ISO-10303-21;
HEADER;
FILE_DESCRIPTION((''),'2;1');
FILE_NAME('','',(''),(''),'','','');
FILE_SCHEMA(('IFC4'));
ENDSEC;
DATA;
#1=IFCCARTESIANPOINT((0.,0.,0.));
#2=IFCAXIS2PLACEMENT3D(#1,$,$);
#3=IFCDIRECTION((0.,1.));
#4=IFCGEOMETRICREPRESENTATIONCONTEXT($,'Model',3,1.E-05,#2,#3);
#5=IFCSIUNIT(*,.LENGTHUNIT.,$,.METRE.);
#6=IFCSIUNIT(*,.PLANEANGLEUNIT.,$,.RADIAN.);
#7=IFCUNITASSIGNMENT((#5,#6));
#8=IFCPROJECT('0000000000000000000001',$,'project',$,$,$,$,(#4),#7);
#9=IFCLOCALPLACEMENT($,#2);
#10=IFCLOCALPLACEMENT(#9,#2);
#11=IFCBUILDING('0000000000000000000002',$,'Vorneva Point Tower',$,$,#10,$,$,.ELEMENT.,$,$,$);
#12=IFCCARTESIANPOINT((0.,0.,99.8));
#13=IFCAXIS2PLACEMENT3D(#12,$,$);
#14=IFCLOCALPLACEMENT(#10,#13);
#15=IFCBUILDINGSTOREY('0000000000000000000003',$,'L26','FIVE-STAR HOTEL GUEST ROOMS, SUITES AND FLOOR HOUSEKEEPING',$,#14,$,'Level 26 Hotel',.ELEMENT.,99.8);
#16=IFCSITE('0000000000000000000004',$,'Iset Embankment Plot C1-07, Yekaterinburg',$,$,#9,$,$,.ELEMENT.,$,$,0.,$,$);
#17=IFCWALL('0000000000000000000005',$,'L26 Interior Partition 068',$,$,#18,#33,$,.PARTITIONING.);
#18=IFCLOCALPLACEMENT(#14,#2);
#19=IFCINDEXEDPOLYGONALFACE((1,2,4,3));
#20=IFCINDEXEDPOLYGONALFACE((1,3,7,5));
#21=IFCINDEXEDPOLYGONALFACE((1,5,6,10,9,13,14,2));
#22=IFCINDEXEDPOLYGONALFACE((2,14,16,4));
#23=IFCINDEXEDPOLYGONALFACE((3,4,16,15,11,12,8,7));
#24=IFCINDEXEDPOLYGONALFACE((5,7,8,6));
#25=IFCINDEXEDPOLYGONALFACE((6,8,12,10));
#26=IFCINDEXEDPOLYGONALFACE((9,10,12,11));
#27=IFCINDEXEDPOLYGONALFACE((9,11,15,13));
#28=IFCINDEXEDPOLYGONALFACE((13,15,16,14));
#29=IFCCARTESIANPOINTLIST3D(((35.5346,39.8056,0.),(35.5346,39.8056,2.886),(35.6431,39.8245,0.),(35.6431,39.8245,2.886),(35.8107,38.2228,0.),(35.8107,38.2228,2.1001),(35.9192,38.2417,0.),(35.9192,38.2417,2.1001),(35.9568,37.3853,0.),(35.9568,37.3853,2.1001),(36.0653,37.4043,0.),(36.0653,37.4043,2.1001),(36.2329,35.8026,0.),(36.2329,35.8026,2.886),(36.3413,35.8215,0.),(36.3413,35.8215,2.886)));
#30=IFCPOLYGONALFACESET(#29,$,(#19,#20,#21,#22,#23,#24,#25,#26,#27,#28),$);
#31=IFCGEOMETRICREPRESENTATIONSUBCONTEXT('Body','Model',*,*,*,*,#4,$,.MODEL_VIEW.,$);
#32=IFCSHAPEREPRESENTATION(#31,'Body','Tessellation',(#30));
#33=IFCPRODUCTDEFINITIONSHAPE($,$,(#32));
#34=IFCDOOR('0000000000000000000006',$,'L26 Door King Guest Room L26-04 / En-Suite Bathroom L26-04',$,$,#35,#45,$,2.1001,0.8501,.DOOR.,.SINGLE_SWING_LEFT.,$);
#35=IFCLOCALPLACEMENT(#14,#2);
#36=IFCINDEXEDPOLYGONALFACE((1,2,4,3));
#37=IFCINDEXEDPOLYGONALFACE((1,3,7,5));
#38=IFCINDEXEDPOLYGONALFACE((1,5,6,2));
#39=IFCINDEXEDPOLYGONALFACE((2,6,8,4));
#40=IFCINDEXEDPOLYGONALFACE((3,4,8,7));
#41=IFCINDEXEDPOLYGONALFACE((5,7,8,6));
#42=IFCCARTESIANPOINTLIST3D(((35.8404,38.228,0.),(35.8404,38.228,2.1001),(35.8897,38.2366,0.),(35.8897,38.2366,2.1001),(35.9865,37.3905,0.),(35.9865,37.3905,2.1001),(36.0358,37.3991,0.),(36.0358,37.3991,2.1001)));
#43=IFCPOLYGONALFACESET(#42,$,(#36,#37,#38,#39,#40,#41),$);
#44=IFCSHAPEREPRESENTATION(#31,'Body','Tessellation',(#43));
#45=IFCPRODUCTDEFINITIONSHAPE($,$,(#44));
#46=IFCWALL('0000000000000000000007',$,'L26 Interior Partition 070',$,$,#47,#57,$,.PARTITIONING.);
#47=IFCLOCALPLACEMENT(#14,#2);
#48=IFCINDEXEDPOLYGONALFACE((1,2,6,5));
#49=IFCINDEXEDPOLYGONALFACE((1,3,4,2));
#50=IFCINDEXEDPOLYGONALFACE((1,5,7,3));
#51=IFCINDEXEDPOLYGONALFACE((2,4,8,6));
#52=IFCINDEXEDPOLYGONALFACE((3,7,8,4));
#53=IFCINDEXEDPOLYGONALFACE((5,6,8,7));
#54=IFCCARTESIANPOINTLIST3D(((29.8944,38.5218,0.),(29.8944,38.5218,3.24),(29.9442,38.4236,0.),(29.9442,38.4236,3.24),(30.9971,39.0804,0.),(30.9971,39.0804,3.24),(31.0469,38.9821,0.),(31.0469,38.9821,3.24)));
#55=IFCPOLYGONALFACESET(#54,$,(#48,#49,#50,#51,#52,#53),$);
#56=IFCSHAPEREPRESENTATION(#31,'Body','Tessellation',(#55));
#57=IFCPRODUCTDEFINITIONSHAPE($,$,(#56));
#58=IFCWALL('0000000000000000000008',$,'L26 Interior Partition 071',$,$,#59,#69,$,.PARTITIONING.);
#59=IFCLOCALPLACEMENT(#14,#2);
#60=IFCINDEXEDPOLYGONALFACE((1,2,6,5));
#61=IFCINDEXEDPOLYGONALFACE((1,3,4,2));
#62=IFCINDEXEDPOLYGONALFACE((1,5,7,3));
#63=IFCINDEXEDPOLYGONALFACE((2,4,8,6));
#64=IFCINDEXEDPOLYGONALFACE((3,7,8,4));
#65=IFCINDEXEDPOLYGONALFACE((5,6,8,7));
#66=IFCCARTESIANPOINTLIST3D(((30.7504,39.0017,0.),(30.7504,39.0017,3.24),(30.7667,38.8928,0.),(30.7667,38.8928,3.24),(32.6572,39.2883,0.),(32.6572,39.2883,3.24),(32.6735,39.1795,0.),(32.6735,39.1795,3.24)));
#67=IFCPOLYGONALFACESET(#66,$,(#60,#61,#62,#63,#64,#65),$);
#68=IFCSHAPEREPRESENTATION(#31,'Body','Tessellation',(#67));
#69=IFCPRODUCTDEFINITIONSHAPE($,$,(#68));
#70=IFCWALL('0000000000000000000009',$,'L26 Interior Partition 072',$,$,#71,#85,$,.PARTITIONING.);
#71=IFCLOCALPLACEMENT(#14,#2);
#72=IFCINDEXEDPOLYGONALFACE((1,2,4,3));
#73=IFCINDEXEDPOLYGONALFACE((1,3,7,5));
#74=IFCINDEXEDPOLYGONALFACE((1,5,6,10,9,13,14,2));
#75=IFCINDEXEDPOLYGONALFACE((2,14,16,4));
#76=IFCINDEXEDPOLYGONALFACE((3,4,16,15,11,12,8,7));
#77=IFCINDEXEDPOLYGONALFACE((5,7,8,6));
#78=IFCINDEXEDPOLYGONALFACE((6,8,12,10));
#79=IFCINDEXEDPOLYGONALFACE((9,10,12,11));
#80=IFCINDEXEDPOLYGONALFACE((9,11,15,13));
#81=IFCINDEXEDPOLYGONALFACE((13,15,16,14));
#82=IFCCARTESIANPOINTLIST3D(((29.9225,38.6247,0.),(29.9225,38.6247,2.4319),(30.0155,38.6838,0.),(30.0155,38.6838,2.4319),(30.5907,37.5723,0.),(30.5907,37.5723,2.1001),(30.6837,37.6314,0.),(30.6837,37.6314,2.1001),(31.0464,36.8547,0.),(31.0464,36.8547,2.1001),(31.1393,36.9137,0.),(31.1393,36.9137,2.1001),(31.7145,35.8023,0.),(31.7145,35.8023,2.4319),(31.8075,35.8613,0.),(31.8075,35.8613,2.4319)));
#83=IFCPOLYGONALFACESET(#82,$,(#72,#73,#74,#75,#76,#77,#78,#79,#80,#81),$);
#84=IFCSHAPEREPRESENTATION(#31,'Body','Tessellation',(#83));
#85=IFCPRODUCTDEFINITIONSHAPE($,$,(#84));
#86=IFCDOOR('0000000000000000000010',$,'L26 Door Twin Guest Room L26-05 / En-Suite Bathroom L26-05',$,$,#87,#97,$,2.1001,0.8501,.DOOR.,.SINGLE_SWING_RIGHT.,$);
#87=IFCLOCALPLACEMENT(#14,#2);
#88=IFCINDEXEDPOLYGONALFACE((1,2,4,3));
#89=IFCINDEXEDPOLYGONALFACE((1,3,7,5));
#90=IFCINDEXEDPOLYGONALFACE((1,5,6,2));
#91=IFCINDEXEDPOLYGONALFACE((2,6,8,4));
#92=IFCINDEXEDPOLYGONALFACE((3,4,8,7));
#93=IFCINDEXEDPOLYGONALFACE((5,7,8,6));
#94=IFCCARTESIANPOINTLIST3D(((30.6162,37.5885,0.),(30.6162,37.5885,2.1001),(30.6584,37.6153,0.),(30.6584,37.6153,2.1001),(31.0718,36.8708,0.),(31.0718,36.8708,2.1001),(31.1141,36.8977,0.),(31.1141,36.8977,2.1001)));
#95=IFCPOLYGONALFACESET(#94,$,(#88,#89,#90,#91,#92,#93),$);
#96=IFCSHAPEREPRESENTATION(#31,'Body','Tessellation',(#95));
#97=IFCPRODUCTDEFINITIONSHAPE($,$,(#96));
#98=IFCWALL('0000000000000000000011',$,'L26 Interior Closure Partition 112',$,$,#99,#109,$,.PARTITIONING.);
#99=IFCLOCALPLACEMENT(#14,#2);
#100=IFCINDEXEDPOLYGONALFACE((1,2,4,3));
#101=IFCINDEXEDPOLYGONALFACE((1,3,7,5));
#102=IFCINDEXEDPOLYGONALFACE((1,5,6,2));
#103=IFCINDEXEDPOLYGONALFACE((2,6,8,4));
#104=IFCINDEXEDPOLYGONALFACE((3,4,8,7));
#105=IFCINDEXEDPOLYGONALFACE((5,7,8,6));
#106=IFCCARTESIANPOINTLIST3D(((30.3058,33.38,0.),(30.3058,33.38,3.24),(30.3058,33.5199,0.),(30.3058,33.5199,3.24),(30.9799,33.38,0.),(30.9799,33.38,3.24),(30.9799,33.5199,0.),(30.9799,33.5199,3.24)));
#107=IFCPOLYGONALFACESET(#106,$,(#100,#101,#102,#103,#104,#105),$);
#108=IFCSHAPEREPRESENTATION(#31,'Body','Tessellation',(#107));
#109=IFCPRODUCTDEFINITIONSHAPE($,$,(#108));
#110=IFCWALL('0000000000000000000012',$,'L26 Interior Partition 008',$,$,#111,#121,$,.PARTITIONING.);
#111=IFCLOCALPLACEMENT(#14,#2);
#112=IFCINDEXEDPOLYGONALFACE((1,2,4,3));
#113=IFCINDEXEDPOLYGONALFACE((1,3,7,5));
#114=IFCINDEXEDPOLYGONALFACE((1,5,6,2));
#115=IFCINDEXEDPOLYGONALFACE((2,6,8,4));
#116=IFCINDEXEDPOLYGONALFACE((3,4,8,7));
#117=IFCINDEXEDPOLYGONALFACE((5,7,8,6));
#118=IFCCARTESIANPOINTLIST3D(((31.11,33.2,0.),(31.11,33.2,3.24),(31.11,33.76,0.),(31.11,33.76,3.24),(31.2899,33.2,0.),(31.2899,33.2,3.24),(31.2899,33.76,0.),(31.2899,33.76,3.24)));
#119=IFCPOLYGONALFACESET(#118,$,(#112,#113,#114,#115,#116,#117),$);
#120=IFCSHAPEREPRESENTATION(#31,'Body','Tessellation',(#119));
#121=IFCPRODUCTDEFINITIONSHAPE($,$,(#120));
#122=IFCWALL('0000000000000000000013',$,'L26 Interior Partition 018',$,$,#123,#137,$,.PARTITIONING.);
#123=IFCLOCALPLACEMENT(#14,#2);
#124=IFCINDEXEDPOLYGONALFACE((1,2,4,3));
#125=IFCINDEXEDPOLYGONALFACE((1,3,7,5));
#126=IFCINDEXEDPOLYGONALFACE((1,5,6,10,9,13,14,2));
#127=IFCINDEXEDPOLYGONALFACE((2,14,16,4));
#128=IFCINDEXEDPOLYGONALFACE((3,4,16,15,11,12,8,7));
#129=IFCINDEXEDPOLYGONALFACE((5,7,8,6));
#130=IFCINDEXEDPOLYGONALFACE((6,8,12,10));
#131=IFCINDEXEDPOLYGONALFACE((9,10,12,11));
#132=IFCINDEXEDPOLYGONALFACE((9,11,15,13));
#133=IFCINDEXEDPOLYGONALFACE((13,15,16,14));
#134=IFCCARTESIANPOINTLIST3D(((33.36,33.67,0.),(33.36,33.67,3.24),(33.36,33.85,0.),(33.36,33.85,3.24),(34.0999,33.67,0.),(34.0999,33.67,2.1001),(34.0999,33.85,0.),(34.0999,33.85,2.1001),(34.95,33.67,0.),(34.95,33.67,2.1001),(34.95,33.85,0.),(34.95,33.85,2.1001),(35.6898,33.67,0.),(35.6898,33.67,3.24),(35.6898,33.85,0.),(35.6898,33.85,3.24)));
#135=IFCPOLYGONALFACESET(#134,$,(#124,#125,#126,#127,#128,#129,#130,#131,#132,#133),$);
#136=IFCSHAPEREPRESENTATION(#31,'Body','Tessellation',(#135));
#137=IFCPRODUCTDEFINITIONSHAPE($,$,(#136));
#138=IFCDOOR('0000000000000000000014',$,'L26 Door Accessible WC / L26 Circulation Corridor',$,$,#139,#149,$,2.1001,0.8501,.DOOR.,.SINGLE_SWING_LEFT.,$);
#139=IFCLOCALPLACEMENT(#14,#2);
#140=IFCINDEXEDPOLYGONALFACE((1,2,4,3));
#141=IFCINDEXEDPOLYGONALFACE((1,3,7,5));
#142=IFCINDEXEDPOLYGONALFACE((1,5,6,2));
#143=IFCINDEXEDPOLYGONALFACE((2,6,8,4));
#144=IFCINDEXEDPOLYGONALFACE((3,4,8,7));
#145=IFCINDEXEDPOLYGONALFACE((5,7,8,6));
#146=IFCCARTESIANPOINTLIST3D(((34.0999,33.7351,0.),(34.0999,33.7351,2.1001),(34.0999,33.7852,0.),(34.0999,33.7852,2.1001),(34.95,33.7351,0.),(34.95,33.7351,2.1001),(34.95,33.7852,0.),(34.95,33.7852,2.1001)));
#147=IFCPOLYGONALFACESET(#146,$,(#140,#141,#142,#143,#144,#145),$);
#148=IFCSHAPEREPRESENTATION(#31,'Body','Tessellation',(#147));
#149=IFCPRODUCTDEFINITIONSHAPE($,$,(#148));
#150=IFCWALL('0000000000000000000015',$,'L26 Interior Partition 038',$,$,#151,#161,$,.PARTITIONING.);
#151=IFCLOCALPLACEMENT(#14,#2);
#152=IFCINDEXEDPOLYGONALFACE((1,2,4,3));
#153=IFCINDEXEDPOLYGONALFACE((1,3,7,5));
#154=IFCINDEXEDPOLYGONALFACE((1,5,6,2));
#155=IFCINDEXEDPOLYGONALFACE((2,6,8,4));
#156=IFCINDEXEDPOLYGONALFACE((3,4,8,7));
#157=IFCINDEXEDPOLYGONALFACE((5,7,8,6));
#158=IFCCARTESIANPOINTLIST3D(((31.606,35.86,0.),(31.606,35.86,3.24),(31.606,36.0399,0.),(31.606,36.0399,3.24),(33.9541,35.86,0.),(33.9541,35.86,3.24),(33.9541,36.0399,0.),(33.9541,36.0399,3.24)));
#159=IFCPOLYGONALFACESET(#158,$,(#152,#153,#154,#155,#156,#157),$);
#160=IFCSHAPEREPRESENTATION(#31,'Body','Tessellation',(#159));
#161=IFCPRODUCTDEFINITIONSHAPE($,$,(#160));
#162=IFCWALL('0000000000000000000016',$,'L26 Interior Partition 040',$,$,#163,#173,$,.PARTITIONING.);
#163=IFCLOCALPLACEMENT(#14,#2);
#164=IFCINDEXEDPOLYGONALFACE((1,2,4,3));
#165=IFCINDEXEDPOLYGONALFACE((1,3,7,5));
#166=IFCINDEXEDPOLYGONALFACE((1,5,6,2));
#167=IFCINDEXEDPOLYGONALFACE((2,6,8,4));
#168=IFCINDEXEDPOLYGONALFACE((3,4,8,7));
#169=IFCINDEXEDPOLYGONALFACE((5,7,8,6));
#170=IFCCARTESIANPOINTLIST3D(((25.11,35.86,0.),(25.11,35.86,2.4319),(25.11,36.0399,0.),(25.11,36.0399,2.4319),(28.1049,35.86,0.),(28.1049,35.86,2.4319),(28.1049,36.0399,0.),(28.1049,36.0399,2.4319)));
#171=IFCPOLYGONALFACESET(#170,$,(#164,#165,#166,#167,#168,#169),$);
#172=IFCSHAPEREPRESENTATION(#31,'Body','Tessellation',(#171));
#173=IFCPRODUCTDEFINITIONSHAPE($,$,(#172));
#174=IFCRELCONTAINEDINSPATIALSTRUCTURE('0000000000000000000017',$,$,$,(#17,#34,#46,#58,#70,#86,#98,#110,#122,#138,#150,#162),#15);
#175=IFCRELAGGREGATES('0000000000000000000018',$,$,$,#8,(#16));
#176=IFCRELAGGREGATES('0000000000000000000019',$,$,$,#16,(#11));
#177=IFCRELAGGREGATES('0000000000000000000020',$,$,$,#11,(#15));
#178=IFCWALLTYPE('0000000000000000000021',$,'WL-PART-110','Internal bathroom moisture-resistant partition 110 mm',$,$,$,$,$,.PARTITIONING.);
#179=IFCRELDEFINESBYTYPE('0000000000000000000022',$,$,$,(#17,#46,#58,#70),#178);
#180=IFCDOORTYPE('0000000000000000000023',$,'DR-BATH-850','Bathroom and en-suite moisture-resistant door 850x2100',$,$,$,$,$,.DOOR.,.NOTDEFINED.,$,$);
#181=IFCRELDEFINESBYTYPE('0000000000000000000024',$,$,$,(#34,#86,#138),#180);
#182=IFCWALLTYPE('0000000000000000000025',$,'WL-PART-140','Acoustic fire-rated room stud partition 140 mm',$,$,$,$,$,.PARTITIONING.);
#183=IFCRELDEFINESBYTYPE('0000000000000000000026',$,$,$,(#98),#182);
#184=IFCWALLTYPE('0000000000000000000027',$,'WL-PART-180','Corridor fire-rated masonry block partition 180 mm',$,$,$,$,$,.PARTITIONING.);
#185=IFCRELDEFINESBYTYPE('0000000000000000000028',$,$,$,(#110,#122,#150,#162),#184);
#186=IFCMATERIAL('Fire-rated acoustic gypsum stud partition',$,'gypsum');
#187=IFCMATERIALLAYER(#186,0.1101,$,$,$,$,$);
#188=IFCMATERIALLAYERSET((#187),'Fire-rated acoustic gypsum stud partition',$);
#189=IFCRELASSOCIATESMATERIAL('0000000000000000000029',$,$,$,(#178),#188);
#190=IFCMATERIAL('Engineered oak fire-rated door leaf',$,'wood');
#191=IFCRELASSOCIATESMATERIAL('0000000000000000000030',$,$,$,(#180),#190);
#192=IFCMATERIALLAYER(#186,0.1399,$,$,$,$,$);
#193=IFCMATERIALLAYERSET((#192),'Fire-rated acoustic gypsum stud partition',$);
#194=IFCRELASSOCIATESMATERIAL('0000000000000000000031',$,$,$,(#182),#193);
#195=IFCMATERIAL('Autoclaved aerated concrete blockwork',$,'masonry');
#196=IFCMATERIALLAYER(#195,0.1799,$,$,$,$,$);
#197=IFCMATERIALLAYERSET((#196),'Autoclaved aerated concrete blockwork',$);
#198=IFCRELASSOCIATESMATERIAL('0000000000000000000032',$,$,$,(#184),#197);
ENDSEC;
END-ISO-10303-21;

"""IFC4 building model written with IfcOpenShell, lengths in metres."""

from ifc_helpers import new_model, si_unit, direction, frame, frame_2d, origin, place, context, subcontext, project, spatial, rectangle, extrude, material, layer, layer_set, type_object, element, fill, save


model = new_model("IFC4")

# Units and contexts
model_context = context("Model", 3, precision=1e-05, world=origin(), true_north=direction((0.0, 1.0)))
body_context = subcontext(model_context, "Body", "Model", "MODEL_VIEW")
ifc_project = project(units=[si_unit("LENGTHUNIT", "METRE"), si_unit("PLANEANGLEUNIT", "RADIAN")], contexts=[model_context])

# Site, building, storey
site_placement = place(None, origin())
site = spatial("IfcSite", under=ifc_project, at=site_placement, Name="Iset Embankment Plot C1-07, Yekaterinburg", CompositionType="ELEMENT", RefElevation=0.0)
building_placement = place(site_placement, origin())
building = spatial("IfcBuilding", under=site, at=building_placement, Name="Vorneva Point Tower", CompositionType="ELEMENT")
storey_placement = place(building_placement, frame((0.0, 0.0, 99.8)))
storey = spatial("IfcBuildingStorey", under=building, at=storey_placement, Name="L26", Description="FIVE-STAR HOTEL GUEST ROOMS, SUITES AND FLOOR HOUSEKEEPING", LongName="Level 26 Hotel", CompositionType="ELEMENT", Elevation=99.8)

# Shared definitions
ifc_material_1 = material(Name="Fire-rated acoustic gypsum stud partition", Category="gypsum")
ifc_layer_1 = layer(ifc_material_1, 0.1101)
ifc_layer_set_1 = layer_set([ifc_layer_1], Name="Fire-rated acoustic gypsum stud partition")
wall_type_1 = type_object("IfcWallType", Name="WL-PART-110", Description="Internal bathroom moisture-resistant partition 110 mm", PredefinedType="PARTITIONING", material=ifc_layer_set_1)

# Wall, opening, door
wall_1_placement = place(storey_placement, frame((36.2871, 35.812, 0.0), z_axis=(0.0, 0.0, 1.0), x_axis=(-0.171838, 0.985125, 0.0)))
wall_1 = element("IfcWall", 1, at=wall_1_placement, inside=storey, type_object=wall_type_1, Name="L26 Interior Partition 068", PredefinedType="PARTITIONING", context=body_context, shape_type="SweptSolid", body=[
    extrude(rectangle(XDim=4.0635, YDim=0.1101, at=frame_2d((2.0317, 0.0))), origin(), (0.0, 0.0, 1.0), 2.886),
])
opening_1_placement = place(wall_1_placement, frame((1.6067, 0.0, 0.0)))
opening_1 = element("IfcOpeningElement", 2, at=opening_1_placement, cuts=wall_1, PredefinedType="OPENING", context=body_context, shape_type="SweptSolid", body=[
    extrude(rectangle(XDim=0.8501, YDim=2.1001, at=frame_2d((0.425, 1.05))), frame((0.0, 0.0698, 0.0), z_axis=(0.0, -1.0, 0.0), x_axis=(1.0, 0.0, 0.0)), (0.0, 0.0, 1.0), 0.1399),
])
ifc_material_2 = material(Name="Engineered oak fire-rated door leaf", Category="wood")
door_type_1 = type_object("IfcDoorType", Name="DR-BATH-850", Description="Bathroom and en-suite moisture-resistant door 850x2100", OperationType="NOTDEFINED", PredefinedType="DOOR", material=ifc_material_2)
door_1_placement = place(opening_1_placement, origin())
door_1 = element("IfcDoor", 3, at=door_1_placement, inside=storey, type_object=door_type_1, Name="L26 Door King Guest Room L26-04 / En-Suite Bathroom L26-04", OperationType="SINGLE_SWING_LEFT", OverallHeight=2.1001, OverallWidth=0.8501, PredefinedType="DOOR", context=body_context, shape_type="SweptSolid", body=[
    extrude(rectangle(XDim=0.8501, YDim=2.1001, at=frame_2d((0.425, 1.05))), frame((0.0, 0.0249, 0.0), z_axis=(0.0, -1.0, 0.0), x_axis=(1.0, 0.0, 0.0)), (0.0, 0.0, 1.0), 0.05),
])
fill(opening_1, door_1)

# Walls
wall_2_placement = place(storey_placement, frame((29.9192, 38.4727, 0.0), z_axis=(0.0, 0.0, 1.0), x_axis=(0.892085, 0.451868, 0.0)))
element("IfcWall", 4, at=wall_2_placement, inside=storey, type_object=wall_type_1, Name="L26 Interior Partition 070", PredefinedType="PARTITIONING", context=body_context, shape_type="SweptSolid", body=[
    extrude(rectangle(XDim=1.2361, YDim=0.1101, at=frame_2d((0.6182, 0.0))), origin(), (0.0, 0.0, 1.0), 3.24),
])
wall_3_placement = place(storey_placement, frame((30.7585, 38.9473, 0.0), z_axis=(0.0, 0.0, 1.0), x_axis=(0.98889, 0.14865, 0.0)))
element("IfcWall", 5, at=wall_3_placement, inside=storey, type_object=wall_type_1, Name="L26 Interior Partition 071", PredefinedType="PARTITIONING", context=body_context, shape_type="SweptSolid", body=[
    extrude(rectangle(XDim=1.9282, YDim=0.1101, at=frame_2d((0.9641, 0.0))), origin(), (0.0, 0.0, 1.0), 3.24),
])

# Wall, opening, door
wall_4_placement = place(storey_placement, frame((31.761, 35.8318, 0.0), z_axis=(0.0, 0.0, 1.0), x_axis=(-0.535992, 0.844223, 0.0)))
wall_4 = element("IfcWall", 6, at=wall_4_placement, inside=storey, type_object=wall_type_1, Name="L26 Interior Partition 072", PredefinedType="PARTITIONING", context=body_context, shape_type="SweptSolid", body=[
    extrude(rectangle(XDim=3.3433, YDim=0.1101, at=frame_2d((1.6716, 0.0))), origin(), (0.0, 0.0, 1.0), 2.4319),
])
opening_2_placement = place(wall_4_placement, frame((1.2466, 0.0, 0.0)))
opening_2 = element("IfcOpeningElement", 7, at=opening_2_placement, cuts=wall_4, PredefinedType="OPENING", context=body_context, shape_type="SweptSolid", body=[
    extrude(rectangle(XDim=0.8501, YDim=2.1001, at=frame_2d((0.425, 1.05))), frame((0.0, 0.0698, 0.0), z_axis=(0.0, -1.0, 0.0), x_axis=(1.0, 0.0, 0.0)), (0.0, 0.0, 1.0), 0.1399),
])
door_2_placement = place(opening_2_placement, origin())
door_2 = element("IfcDoor", 8, at=door_2_placement, inside=storey, type_object=door_type_1, Name="L26 Door Twin Guest Room L26-05 / En-Suite Bathroom L26-05", OperationType="SINGLE_SWING_RIGHT", OverallHeight=2.1001, OverallWidth=0.8501, PredefinedType="DOOR", context=body_context, shape_type="SweptSolid", body=[
    extrude(rectangle(XDim=0.8501, YDim=2.1001, at=frame_2d((0.425, 1.05))), frame((0.0, 0.0249, 0.0), z_axis=(0.0, -1.0, 0.0), x_axis=(1.0, 0.0, 0.0)), (0.0, 0.0, 1.0), 0.05),
])
fill(opening_2, door_2)

# Wall
ifc_layer_2 = layer(ifc_material_1, 0.1399)
ifc_layer_set_2 = layer_set([ifc_layer_2], Name="Fire-rated acoustic gypsum stud partition")
wall_type_2 = type_object("IfcWallType", Name="WL-PART-140", Description="Acoustic fire-rated room stud partition 140 mm", PredefinedType="PARTITIONING", material=ifc_layer_set_2)
wall_5_placement = place(storey_placement, frame((30.3059, 33.45, 0.0), z_axis=(0.0, 0.0, 1.0), x_axis=(1.0, 0.0, 0.0)))
element("IfcWall", 9, at=wall_5_placement, inside=storey, type_object=wall_type_2, Name="L26 Interior Closure Partition 112", PredefinedType="PARTITIONING", context=body_context, shape_type="SweptSolid", body=[
    extrude(rectangle(XDim=0.6741, YDim=0.1399, at=frame_2d((0.3369, 0.0))), origin(), (0.0, 0.0, 1.0), 3.24),
])

# Shared definitions
ifc_material_3 = material(Name="Autoclaved aerated concrete blockwork", Category="masonry")
ifc_layer_3 = layer(ifc_material_3, 0.1799)
ifc_layer_set_3 = layer_set([ifc_layer_3], Name="Autoclaved aerated concrete blockwork")
wall_type_3 = type_object("IfcWallType", Name="WL-PART-180", Description="Corridor fire-rated masonry block partition 180 mm", PredefinedType="PARTITIONING", material=ifc_layer_set_3)

# Wall
wall_6_placement = place(storey_placement, frame((31.2, 33.76, 0.0), z_axis=(0.0, 0.0, 1.0), x_axis=(0.0, -1.0, 0.0)))
element("IfcWall", 10, at=wall_6_placement, inside=storey, type_object=wall_type_3, Name="L26 Interior Partition 008", PredefinedType="PARTITIONING", context=body_context, shape_type="SweptSolid", body=[
    extrude(rectangle(XDim=0.5601, YDim=0.1799, at=frame_2d((0.28, 0.0))), origin(), (0.0, 0.0, 1.0), 3.24),
])

# Wall, opening, door
wall_7_placement = place(storey_placement, frame((35.6899, 33.76, 0.0), z_axis=(0.0, 0.0, 1.0), x_axis=(-1.0, 0.0, 0.0)))
wall_7 = element("IfcWall", 11, at=wall_7_placement, inside=storey, type_object=wall_type_3, Name="L26 Interior Partition 018", PredefinedType="PARTITIONING", context=body_context, shape_type="SweptSolid", body=[
    extrude(rectangle(XDim=2.3298, YDim=0.1799, at=frame_2d((1.165, 0.0))), origin(), (0.0, 0.0, 1.0), 3.24),
])
opening_3_placement = place(wall_7_placement, frame((0.74, 0.0, 0.0)))
opening_3 = element("IfcOpeningElement", 12, at=opening_3_placement, cuts=wall_7, PredefinedType="OPENING", context=body_context, shape_type="SweptSolid", body=[
    extrude(rectangle(XDim=0.8501, YDim=2.1001, at=frame_2d((0.425, 1.05))), frame((0.0, 0.105, 0.0), z_axis=(0.0, -1.0, 0.0), x_axis=(1.0, 0.0, 0.0)), (0.0, 0.0, 1.0), 0.2097),
])
door_3_placement = place(opening_3_placement, origin())
door_3 = element("IfcDoor", 13, at=door_3_placement, inside=storey, type_object=door_type_1, Name="L26 Door Accessible WC / L26 Circulation Corridor", OperationType="SINGLE_SWING_LEFT", OverallHeight=2.1001, OverallWidth=0.8501, PredefinedType="DOOR", context=body_context, shape_type="SweptSolid", body=[
    extrude(rectangle(XDim=0.8501, YDim=2.1001, at=frame_2d((0.425, 1.05))), frame((0.0, 0.0249, 0.0), z_axis=(0.0, -1.0, 0.0), x_axis=(1.0, 0.0, 0.0)), (0.0, 0.0, 1.0), 0.05),
])
fill(opening_3, door_3)

# Walls
wall_8_placement = place(storey_placement, frame((33.9541, 35.95, 0.0), z_axis=(0.0, 0.0, 1.0), x_axis=(-1.0, 0.0, 0.0)))
element("IfcWall", 14, at=wall_8_placement, inside=storey, type_object=wall_type_3, Name="L26 Interior Partition 038", PredefinedType="PARTITIONING", context=body_context, shape_type="SweptSolid", body=[
    extrude(rectangle(XDim=2.3481, YDim=0.1799, at=frame_2d((1.1741, 0.0))), origin(), (0.0, 0.0, 1.0), 3.24),
])
wall_9_placement = place(storey_placement, frame((28.105, 35.95, 0.0), z_axis=(0.0, 0.0, 1.0), x_axis=(-1.0, 0.0, 0.0)))
element("IfcWall", 15, at=wall_9_placement, inside=storey, type_object=wall_type_3, Name="L26 Interior Partition 040", PredefinedType="PARTITIONING", context=body_context, shape_type="SweptSolid", body=[
    extrude(rectangle(XDim=2.9949, YDim=0.1799, at=frame_2d((1.4976, 0.0))), origin(), (0.0, 0.0, 1.0), 2.4319),
])

save(model, "model.ifc")
